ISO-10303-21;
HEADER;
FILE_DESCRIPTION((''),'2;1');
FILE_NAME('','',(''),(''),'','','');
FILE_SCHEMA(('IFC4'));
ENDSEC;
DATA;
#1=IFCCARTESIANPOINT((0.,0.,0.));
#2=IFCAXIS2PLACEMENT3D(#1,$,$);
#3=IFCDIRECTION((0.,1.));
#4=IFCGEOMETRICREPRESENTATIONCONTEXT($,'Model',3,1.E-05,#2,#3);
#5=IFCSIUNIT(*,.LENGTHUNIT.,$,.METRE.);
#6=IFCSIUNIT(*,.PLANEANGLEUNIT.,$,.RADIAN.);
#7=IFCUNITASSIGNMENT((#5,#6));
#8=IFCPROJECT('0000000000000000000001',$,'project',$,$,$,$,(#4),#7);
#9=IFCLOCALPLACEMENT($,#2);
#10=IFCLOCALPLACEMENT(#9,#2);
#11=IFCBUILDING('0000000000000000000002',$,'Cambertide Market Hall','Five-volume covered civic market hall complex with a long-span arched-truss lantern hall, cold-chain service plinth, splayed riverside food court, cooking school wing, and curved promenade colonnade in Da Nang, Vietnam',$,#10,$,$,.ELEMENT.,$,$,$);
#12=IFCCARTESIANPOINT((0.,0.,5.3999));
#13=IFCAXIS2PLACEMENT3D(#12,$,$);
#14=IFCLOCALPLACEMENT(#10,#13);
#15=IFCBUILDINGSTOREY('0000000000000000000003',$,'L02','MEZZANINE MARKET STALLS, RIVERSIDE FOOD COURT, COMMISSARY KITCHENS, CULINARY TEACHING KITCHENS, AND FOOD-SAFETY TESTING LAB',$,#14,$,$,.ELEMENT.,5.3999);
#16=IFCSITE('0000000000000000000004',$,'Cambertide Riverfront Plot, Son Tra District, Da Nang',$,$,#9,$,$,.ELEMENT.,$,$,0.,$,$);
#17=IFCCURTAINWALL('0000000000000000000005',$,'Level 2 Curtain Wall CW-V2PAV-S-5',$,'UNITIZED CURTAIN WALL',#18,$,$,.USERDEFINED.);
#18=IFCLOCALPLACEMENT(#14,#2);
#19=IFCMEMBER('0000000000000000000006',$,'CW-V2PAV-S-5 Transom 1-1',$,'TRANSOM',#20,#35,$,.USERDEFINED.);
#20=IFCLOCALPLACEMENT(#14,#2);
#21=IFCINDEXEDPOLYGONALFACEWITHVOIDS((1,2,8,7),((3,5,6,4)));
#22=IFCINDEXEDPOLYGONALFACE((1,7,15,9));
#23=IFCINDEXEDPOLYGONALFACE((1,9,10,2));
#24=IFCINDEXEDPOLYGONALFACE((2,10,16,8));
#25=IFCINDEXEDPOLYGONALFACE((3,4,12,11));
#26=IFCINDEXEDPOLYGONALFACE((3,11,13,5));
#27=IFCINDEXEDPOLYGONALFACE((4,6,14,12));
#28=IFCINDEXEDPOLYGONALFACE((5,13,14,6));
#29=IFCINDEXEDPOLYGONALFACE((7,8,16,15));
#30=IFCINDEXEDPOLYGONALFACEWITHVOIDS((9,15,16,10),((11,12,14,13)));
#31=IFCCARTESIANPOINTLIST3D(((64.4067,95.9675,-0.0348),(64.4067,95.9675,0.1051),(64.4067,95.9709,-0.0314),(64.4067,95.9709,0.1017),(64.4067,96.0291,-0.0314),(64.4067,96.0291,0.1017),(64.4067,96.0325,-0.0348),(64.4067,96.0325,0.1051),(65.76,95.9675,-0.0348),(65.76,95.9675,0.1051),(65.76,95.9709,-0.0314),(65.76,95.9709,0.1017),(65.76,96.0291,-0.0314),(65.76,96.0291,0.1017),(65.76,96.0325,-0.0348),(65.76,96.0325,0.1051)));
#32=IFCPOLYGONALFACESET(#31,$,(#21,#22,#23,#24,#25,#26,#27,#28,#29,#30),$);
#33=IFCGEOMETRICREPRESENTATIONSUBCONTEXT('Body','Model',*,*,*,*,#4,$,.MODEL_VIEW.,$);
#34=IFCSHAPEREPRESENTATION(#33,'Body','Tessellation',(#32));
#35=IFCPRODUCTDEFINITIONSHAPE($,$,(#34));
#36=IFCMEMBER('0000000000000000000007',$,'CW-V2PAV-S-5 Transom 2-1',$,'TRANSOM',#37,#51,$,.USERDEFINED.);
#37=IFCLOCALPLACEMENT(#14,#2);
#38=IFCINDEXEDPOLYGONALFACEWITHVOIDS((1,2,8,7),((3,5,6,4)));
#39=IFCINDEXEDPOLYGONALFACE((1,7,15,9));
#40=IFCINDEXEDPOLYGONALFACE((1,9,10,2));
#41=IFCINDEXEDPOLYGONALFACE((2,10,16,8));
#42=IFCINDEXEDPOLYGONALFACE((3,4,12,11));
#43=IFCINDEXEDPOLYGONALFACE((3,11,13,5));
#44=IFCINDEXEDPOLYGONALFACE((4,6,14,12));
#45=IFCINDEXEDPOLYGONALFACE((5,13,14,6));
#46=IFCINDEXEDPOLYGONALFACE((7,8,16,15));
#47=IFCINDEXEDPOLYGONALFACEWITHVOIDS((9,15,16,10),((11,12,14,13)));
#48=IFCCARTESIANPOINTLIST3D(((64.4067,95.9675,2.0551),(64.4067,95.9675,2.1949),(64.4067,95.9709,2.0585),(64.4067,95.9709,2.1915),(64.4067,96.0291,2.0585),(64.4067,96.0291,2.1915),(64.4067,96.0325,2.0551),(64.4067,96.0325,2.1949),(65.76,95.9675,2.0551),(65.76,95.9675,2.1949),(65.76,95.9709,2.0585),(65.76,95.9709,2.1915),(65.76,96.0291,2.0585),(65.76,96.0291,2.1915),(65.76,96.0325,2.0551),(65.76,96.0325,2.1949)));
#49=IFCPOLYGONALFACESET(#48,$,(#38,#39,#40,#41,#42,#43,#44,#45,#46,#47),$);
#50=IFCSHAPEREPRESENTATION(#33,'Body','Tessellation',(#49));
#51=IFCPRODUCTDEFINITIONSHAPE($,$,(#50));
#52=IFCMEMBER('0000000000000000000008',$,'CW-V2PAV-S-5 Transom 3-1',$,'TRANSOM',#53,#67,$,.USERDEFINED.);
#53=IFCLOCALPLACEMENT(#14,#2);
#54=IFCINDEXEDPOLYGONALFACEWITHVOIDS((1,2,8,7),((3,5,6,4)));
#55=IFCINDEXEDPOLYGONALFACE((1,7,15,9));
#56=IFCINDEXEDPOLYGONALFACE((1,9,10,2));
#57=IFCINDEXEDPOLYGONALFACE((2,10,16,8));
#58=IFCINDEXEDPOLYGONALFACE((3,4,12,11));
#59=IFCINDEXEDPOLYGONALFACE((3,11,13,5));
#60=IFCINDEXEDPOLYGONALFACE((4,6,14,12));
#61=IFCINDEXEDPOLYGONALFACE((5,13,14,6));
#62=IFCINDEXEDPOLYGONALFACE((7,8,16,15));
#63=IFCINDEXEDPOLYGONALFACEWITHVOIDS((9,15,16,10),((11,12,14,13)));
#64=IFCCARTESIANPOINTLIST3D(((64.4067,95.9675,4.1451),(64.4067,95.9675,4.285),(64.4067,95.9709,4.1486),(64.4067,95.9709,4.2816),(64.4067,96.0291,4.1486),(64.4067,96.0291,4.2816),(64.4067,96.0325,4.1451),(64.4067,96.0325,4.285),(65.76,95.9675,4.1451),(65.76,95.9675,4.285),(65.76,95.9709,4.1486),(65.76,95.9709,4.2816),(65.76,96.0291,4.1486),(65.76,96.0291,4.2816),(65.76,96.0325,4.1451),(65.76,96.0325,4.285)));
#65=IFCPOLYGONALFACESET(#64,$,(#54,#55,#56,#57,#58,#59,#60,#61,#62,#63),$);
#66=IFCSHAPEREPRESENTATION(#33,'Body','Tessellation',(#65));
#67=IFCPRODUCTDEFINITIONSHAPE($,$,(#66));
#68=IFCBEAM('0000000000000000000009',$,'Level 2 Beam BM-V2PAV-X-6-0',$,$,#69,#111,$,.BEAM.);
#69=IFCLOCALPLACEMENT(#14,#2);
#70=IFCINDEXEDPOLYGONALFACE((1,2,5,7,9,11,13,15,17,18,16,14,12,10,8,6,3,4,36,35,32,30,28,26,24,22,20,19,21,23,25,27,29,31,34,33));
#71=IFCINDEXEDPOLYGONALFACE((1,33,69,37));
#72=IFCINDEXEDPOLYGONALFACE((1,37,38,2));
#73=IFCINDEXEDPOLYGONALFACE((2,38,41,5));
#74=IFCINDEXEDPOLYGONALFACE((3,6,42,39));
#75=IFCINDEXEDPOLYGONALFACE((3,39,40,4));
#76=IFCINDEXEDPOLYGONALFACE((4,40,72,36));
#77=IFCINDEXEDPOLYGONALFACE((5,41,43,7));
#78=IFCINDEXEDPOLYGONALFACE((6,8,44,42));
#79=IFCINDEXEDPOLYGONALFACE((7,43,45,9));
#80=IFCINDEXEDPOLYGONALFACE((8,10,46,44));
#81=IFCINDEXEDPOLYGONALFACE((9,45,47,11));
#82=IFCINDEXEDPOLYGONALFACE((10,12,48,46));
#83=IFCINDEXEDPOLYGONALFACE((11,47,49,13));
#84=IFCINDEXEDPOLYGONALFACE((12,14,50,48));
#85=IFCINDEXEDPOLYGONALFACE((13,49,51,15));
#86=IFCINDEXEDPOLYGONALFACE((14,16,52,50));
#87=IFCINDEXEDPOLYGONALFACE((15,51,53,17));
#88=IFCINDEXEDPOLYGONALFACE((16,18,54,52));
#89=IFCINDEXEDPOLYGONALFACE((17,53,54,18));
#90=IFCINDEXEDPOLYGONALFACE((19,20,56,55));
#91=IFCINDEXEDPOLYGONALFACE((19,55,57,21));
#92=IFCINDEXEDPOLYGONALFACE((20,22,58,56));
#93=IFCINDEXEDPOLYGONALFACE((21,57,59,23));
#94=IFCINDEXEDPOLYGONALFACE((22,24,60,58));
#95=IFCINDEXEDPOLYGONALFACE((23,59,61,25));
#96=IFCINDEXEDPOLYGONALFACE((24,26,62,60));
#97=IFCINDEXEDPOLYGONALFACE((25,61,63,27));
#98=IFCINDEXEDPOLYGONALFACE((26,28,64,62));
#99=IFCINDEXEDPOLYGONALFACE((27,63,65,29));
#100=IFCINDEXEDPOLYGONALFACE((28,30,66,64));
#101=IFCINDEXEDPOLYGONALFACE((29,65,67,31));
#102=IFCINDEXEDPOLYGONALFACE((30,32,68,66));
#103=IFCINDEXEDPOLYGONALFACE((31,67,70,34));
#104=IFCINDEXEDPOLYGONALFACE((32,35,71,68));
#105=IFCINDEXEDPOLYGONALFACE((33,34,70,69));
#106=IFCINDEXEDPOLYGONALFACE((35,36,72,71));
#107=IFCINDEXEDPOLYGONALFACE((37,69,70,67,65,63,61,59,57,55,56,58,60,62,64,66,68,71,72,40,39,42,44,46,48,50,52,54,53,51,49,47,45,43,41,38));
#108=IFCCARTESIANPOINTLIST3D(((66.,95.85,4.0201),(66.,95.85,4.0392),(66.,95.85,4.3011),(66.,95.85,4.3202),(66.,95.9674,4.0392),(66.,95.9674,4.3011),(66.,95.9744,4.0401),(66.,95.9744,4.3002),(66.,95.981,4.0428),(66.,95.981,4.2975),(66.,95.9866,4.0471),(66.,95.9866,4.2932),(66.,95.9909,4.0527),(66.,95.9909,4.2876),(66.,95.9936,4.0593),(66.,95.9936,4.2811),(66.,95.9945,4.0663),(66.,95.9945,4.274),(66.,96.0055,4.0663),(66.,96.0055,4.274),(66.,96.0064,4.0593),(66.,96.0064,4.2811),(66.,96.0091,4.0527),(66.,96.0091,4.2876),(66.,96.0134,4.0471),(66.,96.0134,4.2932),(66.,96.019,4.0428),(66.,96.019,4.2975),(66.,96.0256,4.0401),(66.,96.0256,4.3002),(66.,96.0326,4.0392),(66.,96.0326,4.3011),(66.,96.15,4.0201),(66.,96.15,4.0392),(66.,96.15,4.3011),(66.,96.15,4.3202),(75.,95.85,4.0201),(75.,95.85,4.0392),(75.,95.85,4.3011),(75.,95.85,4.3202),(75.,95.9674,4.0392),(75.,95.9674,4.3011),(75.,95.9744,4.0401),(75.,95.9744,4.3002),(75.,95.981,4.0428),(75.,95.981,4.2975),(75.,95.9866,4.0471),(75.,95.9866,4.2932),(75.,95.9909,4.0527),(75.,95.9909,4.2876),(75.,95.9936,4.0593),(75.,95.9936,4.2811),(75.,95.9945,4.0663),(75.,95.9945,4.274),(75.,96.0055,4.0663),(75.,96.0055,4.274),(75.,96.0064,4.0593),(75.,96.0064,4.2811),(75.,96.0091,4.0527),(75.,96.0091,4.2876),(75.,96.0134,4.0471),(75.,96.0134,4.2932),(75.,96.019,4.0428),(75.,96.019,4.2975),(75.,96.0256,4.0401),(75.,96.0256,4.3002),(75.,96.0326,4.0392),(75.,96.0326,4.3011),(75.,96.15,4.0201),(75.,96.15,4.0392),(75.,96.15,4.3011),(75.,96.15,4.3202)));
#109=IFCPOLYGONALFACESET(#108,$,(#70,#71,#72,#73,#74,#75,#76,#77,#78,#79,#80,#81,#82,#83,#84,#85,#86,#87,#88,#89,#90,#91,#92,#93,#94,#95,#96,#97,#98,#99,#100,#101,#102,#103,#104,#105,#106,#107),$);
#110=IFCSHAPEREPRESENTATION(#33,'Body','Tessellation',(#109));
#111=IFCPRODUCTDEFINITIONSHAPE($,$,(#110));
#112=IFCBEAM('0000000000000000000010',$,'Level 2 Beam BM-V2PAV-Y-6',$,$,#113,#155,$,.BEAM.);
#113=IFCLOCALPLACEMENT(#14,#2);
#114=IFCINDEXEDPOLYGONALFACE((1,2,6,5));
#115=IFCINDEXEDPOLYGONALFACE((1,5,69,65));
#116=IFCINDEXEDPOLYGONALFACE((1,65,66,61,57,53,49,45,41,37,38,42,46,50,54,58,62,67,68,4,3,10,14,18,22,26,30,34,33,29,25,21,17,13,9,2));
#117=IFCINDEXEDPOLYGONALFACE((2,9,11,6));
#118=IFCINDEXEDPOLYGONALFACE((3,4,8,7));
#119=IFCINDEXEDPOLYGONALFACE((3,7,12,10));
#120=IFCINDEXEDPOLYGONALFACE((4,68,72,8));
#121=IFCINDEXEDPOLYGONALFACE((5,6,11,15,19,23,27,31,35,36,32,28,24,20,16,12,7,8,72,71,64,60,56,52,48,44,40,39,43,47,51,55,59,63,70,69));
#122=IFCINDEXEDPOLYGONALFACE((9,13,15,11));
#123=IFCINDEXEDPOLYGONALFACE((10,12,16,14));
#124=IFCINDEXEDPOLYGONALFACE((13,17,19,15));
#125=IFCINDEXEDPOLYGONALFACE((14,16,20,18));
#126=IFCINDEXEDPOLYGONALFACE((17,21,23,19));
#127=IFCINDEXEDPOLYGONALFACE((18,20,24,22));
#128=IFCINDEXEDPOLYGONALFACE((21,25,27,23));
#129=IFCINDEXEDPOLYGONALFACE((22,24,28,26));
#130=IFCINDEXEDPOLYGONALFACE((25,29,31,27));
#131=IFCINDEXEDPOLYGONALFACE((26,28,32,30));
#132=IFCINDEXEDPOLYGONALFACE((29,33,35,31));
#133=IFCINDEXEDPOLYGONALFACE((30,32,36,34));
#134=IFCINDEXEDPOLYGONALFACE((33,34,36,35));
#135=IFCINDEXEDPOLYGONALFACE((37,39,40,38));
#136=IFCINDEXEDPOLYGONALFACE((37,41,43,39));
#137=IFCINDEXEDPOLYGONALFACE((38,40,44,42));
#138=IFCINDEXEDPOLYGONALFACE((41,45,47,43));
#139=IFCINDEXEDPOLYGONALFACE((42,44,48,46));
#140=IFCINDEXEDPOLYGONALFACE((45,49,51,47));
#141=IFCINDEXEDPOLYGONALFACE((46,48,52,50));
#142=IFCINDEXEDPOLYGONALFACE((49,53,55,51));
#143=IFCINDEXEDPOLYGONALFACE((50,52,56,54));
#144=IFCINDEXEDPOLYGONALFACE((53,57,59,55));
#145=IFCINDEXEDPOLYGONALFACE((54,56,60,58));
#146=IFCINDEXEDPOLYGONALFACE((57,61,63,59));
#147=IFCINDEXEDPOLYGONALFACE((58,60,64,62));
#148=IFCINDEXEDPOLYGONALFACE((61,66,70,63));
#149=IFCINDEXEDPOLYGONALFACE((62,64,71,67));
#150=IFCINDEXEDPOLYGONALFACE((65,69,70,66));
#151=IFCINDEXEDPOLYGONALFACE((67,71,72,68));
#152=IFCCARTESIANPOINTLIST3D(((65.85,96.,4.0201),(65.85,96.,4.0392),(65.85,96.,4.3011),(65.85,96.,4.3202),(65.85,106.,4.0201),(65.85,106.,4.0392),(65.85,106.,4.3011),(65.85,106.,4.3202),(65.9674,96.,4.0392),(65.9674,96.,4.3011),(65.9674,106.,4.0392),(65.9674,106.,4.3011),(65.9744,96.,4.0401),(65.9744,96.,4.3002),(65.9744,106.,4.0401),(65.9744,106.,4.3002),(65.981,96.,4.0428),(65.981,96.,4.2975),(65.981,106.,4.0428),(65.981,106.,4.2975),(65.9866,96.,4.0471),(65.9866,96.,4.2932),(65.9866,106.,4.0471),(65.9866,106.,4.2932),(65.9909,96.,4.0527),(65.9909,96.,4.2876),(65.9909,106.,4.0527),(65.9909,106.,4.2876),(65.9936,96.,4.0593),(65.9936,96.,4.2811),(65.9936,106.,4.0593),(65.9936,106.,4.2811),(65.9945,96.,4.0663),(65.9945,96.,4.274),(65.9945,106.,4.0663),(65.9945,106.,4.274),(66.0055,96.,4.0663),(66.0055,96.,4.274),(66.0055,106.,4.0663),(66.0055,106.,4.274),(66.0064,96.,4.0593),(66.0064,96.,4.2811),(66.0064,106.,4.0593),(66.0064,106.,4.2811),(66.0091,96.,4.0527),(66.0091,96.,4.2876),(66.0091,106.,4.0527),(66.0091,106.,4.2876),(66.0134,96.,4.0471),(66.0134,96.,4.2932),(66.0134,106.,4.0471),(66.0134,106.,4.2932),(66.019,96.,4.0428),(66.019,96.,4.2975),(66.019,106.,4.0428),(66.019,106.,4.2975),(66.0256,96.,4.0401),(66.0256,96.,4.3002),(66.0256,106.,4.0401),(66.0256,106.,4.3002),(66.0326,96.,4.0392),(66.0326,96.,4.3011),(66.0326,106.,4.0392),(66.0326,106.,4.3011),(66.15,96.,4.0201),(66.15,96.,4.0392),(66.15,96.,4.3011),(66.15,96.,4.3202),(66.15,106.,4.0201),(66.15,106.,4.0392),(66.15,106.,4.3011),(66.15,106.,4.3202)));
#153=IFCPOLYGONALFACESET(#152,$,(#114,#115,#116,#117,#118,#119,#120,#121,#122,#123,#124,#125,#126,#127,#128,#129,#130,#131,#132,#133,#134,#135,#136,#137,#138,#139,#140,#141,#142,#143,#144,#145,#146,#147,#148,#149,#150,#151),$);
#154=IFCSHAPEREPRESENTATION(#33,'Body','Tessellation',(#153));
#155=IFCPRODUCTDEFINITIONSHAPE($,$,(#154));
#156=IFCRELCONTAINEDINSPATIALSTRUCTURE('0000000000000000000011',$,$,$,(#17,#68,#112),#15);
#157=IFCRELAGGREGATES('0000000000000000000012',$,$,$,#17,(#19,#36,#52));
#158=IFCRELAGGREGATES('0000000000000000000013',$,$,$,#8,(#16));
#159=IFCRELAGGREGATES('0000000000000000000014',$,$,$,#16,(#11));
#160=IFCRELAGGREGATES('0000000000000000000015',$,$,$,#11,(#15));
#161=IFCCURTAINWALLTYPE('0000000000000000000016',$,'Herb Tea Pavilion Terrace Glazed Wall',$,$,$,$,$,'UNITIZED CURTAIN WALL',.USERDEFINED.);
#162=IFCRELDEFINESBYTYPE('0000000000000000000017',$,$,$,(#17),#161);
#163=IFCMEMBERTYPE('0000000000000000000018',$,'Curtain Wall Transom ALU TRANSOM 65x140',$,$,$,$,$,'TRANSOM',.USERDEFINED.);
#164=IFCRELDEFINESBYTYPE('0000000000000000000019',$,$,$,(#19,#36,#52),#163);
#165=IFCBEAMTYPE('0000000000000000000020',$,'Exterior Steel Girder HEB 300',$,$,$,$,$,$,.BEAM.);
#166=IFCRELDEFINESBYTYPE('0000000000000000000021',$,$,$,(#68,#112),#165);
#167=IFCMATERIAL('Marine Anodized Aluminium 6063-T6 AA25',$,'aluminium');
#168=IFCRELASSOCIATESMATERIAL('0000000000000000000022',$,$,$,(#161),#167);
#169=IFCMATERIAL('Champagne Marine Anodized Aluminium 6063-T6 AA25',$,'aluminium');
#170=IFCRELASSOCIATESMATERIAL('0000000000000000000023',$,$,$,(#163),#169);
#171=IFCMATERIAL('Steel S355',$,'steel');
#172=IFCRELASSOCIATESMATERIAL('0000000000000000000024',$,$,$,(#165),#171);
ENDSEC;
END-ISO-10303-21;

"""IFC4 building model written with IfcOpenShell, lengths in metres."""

from ifc_helpers import new_model, si_unit, direction, frame, origin, origin_2d, place, context, subcontext, project, spatial, hollow_rectangle, i_section, extrude, material, material_profile, profile_set, type_object, element, aggregate, save


model = new_model("IFC4")

# Units and contexts
model_context = context("Model", 3, precision=1e-05, world=origin(), true_north=direction((0.0, 1.0)))
body_context = subcontext(model_context, "Body", "Model", "MODEL_VIEW")
ifc_project = project(units=[si_unit("LENGTHUNIT", "METRE"), si_unit("PLANEANGLEUNIT", "RADIAN")], contexts=[model_context])

# Site, building, storey
site_placement = place(None, origin())
site = spatial("IfcSite", under=ifc_project, at=site_placement, Name="Cambertide Riverfront Plot, Son Tra District, Da Nang", CompositionType="ELEMENT", RefElevation=0.0)
building_placement = place(site_placement, origin())
building = spatial("IfcBuilding", under=site, at=building_placement, Name="Cambertide Market Hall", Description="Five-volume covered civic market hall complex with a long-span arched-truss lantern hall, cold-chain service plinth, splayed riverside food court, cooking school wing, and curved promenade colonnade in Da Nang, Vietnam", CompositionType="ELEMENT")
storey_placement = place(building_placement, frame((0.0, 0.0, 5.3999)))
storey = spatial("IfcBuildingStorey", under=building, at=storey_placement, Name="L02", Description="MEZZANINE MARKET STALLS, RIVERSIDE FOOD COURT, COMMISSARY KITCHENS, CULINARY TEACHING KITCHENS, AND FOOD-SAFETY TESTING LAB", CompositionType="ELEMENT", Elevation=5.3999)

# Curtain wall
ifc_material_1 = material(Name="Marine Anodized Aluminium 6063-T6 AA25", Category="aluminium")
curtain_wall_type_1 = type_object("IfcCurtainWallType", Name="Herb Tea Pavilion Terrace Glazed Wall", ElementType="UNITIZED CURTAIN WALL", PredefinedType="USERDEFINED", material=ifc_material_1)
curtain_wall_1_placement = place(storey_placement, origin())
curtain_wall_1 = element("IfcCurtainWall", 1, at=curtain_wall_1_placement, inside=storey, type_object=curtain_wall_type_1, Name="Level 2 Curtain Wall CW-V2PAV-S-5", ObjectType="UNITIZED CURTAIN WALL", PredefinedType="USERDEFINED")

# Members
ifc_material_2 = material(Name="Champagne Marine Anodized Aluminium 6063-T6 AA25", Category="aluminium")
ifc_material_profile_1 = material_profile(ifc_material_2, hollow_rectangle(XDim=0.0649, YDim=0.1399, WallThickness=0.0034, at=origin_2d()), Name="ALU TRANSOM 65x140")
ifc_profile_set_1 = profile_set([ifc_material_profile_1], Name="Champagne Marine Anodized Aluminium 6063-T6 AA25")
member_type_1 = type_object("IfcMemberType", Name="Curtain Wall Transom ALU TRANSOM 65x140", ElementType="TRANSOM", PredefinedType="USERDEFINED", material=ifc_profile_set_1)
member_1_placement = place(storey_placement, frame((65.76, 96.0, 0.0352), z_axis=(-1.0, 0.0, 0.0), x_axis=(0.0, -1.0, 0.0)))
member_1 = element("IfcMember", 2, at=member_1_placement, type_object=member_type_1, Name="CW-V2PAV-S-5 Transom 1-1", ObjectType="TRANSOM", PredefinedType="USERDEFINED", context=body_context, shape_type="SweptSolid", body=[
    extrude(hollow_rectangle(XDim=0.0649, YDim=0.1399, WallThickness=0.0034, at=origin_2d()), origin(), (0.0, 0.0, 1.0), 1.3533),
])
member_2_placement = place(storey_placement, frame((65.76, 96.0, 2.125), z_axis=(-1.0, 0.0, 0.0), x_axis=(0.0, -1.0, 0.0)))
member_2 = element("IfcMember", 3, at=member_2_placement, type_object=member_type_1, Name="CW-V2PAV-S-5 Transom 2-1", ObjectType="TRANSOM", PredefinedType="USERDEFINED", context=body_context, shape_type="SweptSolid", body=[
    extrude(hollow_rectangle(XDim=0.0649, YDim=0.1399, WallThickness=0.0034, at=origin_2d()), origin(), (0.0, 0.0, 1.0), 1.3533),
])
member_3_placement = place(storey_placement, frame((65.76, 96.0, 4.2151), z_axis=(-1.0, 0.0, 0.0), x_axis=(0.0, -1.0, 0.0)))
member_3 = element("IfcMember", 4, at=member_3_placement, type_object=member_type_1, Name="CW-V2PAV-S-5 Transom 3-1", ObjectType="TRANSOM", PredefinedType="USERDEFINED", context=body_context, shape_type="SweptSolid", body=[
    extrude(hollow_rectangle(XDim=0.0649, YDim=0.1399, WallThickness=0.0034, at=origin_2d()), origin(), (0.0, 0.0, 1.0), 1.3533),
])

# Beams
ifc_material_3 = material(Name="Steel S355", Category="steel")
ifc_material_profile_2 = material_profile(ifc_material_3, i_section(OverallWidth=0.3, OverallDepth=0.3, WebThickness=0.011, FlangeThickness=0.019, FilletRadius=0.0271, at=origin_2d()), Name="HEB 300")
ifc_profile_set_2 = profile_set([ifc_material_profile_2], Name="Steel S355")
beam_type_1 = type_object("IfcBeamType", Name="Exterior Steel Girder HEB 300", PredefinedType="BEAM", material=ifc_profile_set_2)
beam_1_placement = place(storey_placement, frame((66.0, 96.0, 4.1702), z_axis=(1.0, 0.0, 0.0), x_axis=(0.0, 1.0, 0.0)))
element("IfcBeam", 5, at=beam_1_placement, inside=storey, type_object=beam_type_1, Name="Level 2 Beam BM-V2PAV-X-6-0", PredefinedType="BEAM", context=body_context, shape_type="SweptSolid", body=[
    extrude(i_section(OverallWidth=0.3, OverallDepth=0.3, WebThickness=0.011, FlangeThickness=0.019, FilletRadius=0.0271, at=origin_2d()), origin(), (0.0, 0.0, 1.0), 9.0),
])
beam_2_placement = place(storey_placement, frame((66.0, 96.0, 4.1702), z_axis=(0.0, 1.0, 0.0), x_axis=(-1.0, 0.0, 0.0)))
element("IfcBeam", 6, at=beam_2_placement, inside=storey, type_object=beam_type_1, Name="Level 2 Beam BM-V2PAV-Y-6", PredefinedType="BEAM", context=body_context, shape_type="SweptSolid", body=[
    extrude(i_section(OverallWidth=0.3, OverallDepth=0.3, WebThickness=0.011, FlangeThickness=0.019, FilletRadius=0.0271, at=origin_2d()), origin(), (0.0, 0.0, 1.0), 10.0),
])

aggregate(curtain_wall_1, [member_1, member_2, member_3])

save(model, "model.ifc")
